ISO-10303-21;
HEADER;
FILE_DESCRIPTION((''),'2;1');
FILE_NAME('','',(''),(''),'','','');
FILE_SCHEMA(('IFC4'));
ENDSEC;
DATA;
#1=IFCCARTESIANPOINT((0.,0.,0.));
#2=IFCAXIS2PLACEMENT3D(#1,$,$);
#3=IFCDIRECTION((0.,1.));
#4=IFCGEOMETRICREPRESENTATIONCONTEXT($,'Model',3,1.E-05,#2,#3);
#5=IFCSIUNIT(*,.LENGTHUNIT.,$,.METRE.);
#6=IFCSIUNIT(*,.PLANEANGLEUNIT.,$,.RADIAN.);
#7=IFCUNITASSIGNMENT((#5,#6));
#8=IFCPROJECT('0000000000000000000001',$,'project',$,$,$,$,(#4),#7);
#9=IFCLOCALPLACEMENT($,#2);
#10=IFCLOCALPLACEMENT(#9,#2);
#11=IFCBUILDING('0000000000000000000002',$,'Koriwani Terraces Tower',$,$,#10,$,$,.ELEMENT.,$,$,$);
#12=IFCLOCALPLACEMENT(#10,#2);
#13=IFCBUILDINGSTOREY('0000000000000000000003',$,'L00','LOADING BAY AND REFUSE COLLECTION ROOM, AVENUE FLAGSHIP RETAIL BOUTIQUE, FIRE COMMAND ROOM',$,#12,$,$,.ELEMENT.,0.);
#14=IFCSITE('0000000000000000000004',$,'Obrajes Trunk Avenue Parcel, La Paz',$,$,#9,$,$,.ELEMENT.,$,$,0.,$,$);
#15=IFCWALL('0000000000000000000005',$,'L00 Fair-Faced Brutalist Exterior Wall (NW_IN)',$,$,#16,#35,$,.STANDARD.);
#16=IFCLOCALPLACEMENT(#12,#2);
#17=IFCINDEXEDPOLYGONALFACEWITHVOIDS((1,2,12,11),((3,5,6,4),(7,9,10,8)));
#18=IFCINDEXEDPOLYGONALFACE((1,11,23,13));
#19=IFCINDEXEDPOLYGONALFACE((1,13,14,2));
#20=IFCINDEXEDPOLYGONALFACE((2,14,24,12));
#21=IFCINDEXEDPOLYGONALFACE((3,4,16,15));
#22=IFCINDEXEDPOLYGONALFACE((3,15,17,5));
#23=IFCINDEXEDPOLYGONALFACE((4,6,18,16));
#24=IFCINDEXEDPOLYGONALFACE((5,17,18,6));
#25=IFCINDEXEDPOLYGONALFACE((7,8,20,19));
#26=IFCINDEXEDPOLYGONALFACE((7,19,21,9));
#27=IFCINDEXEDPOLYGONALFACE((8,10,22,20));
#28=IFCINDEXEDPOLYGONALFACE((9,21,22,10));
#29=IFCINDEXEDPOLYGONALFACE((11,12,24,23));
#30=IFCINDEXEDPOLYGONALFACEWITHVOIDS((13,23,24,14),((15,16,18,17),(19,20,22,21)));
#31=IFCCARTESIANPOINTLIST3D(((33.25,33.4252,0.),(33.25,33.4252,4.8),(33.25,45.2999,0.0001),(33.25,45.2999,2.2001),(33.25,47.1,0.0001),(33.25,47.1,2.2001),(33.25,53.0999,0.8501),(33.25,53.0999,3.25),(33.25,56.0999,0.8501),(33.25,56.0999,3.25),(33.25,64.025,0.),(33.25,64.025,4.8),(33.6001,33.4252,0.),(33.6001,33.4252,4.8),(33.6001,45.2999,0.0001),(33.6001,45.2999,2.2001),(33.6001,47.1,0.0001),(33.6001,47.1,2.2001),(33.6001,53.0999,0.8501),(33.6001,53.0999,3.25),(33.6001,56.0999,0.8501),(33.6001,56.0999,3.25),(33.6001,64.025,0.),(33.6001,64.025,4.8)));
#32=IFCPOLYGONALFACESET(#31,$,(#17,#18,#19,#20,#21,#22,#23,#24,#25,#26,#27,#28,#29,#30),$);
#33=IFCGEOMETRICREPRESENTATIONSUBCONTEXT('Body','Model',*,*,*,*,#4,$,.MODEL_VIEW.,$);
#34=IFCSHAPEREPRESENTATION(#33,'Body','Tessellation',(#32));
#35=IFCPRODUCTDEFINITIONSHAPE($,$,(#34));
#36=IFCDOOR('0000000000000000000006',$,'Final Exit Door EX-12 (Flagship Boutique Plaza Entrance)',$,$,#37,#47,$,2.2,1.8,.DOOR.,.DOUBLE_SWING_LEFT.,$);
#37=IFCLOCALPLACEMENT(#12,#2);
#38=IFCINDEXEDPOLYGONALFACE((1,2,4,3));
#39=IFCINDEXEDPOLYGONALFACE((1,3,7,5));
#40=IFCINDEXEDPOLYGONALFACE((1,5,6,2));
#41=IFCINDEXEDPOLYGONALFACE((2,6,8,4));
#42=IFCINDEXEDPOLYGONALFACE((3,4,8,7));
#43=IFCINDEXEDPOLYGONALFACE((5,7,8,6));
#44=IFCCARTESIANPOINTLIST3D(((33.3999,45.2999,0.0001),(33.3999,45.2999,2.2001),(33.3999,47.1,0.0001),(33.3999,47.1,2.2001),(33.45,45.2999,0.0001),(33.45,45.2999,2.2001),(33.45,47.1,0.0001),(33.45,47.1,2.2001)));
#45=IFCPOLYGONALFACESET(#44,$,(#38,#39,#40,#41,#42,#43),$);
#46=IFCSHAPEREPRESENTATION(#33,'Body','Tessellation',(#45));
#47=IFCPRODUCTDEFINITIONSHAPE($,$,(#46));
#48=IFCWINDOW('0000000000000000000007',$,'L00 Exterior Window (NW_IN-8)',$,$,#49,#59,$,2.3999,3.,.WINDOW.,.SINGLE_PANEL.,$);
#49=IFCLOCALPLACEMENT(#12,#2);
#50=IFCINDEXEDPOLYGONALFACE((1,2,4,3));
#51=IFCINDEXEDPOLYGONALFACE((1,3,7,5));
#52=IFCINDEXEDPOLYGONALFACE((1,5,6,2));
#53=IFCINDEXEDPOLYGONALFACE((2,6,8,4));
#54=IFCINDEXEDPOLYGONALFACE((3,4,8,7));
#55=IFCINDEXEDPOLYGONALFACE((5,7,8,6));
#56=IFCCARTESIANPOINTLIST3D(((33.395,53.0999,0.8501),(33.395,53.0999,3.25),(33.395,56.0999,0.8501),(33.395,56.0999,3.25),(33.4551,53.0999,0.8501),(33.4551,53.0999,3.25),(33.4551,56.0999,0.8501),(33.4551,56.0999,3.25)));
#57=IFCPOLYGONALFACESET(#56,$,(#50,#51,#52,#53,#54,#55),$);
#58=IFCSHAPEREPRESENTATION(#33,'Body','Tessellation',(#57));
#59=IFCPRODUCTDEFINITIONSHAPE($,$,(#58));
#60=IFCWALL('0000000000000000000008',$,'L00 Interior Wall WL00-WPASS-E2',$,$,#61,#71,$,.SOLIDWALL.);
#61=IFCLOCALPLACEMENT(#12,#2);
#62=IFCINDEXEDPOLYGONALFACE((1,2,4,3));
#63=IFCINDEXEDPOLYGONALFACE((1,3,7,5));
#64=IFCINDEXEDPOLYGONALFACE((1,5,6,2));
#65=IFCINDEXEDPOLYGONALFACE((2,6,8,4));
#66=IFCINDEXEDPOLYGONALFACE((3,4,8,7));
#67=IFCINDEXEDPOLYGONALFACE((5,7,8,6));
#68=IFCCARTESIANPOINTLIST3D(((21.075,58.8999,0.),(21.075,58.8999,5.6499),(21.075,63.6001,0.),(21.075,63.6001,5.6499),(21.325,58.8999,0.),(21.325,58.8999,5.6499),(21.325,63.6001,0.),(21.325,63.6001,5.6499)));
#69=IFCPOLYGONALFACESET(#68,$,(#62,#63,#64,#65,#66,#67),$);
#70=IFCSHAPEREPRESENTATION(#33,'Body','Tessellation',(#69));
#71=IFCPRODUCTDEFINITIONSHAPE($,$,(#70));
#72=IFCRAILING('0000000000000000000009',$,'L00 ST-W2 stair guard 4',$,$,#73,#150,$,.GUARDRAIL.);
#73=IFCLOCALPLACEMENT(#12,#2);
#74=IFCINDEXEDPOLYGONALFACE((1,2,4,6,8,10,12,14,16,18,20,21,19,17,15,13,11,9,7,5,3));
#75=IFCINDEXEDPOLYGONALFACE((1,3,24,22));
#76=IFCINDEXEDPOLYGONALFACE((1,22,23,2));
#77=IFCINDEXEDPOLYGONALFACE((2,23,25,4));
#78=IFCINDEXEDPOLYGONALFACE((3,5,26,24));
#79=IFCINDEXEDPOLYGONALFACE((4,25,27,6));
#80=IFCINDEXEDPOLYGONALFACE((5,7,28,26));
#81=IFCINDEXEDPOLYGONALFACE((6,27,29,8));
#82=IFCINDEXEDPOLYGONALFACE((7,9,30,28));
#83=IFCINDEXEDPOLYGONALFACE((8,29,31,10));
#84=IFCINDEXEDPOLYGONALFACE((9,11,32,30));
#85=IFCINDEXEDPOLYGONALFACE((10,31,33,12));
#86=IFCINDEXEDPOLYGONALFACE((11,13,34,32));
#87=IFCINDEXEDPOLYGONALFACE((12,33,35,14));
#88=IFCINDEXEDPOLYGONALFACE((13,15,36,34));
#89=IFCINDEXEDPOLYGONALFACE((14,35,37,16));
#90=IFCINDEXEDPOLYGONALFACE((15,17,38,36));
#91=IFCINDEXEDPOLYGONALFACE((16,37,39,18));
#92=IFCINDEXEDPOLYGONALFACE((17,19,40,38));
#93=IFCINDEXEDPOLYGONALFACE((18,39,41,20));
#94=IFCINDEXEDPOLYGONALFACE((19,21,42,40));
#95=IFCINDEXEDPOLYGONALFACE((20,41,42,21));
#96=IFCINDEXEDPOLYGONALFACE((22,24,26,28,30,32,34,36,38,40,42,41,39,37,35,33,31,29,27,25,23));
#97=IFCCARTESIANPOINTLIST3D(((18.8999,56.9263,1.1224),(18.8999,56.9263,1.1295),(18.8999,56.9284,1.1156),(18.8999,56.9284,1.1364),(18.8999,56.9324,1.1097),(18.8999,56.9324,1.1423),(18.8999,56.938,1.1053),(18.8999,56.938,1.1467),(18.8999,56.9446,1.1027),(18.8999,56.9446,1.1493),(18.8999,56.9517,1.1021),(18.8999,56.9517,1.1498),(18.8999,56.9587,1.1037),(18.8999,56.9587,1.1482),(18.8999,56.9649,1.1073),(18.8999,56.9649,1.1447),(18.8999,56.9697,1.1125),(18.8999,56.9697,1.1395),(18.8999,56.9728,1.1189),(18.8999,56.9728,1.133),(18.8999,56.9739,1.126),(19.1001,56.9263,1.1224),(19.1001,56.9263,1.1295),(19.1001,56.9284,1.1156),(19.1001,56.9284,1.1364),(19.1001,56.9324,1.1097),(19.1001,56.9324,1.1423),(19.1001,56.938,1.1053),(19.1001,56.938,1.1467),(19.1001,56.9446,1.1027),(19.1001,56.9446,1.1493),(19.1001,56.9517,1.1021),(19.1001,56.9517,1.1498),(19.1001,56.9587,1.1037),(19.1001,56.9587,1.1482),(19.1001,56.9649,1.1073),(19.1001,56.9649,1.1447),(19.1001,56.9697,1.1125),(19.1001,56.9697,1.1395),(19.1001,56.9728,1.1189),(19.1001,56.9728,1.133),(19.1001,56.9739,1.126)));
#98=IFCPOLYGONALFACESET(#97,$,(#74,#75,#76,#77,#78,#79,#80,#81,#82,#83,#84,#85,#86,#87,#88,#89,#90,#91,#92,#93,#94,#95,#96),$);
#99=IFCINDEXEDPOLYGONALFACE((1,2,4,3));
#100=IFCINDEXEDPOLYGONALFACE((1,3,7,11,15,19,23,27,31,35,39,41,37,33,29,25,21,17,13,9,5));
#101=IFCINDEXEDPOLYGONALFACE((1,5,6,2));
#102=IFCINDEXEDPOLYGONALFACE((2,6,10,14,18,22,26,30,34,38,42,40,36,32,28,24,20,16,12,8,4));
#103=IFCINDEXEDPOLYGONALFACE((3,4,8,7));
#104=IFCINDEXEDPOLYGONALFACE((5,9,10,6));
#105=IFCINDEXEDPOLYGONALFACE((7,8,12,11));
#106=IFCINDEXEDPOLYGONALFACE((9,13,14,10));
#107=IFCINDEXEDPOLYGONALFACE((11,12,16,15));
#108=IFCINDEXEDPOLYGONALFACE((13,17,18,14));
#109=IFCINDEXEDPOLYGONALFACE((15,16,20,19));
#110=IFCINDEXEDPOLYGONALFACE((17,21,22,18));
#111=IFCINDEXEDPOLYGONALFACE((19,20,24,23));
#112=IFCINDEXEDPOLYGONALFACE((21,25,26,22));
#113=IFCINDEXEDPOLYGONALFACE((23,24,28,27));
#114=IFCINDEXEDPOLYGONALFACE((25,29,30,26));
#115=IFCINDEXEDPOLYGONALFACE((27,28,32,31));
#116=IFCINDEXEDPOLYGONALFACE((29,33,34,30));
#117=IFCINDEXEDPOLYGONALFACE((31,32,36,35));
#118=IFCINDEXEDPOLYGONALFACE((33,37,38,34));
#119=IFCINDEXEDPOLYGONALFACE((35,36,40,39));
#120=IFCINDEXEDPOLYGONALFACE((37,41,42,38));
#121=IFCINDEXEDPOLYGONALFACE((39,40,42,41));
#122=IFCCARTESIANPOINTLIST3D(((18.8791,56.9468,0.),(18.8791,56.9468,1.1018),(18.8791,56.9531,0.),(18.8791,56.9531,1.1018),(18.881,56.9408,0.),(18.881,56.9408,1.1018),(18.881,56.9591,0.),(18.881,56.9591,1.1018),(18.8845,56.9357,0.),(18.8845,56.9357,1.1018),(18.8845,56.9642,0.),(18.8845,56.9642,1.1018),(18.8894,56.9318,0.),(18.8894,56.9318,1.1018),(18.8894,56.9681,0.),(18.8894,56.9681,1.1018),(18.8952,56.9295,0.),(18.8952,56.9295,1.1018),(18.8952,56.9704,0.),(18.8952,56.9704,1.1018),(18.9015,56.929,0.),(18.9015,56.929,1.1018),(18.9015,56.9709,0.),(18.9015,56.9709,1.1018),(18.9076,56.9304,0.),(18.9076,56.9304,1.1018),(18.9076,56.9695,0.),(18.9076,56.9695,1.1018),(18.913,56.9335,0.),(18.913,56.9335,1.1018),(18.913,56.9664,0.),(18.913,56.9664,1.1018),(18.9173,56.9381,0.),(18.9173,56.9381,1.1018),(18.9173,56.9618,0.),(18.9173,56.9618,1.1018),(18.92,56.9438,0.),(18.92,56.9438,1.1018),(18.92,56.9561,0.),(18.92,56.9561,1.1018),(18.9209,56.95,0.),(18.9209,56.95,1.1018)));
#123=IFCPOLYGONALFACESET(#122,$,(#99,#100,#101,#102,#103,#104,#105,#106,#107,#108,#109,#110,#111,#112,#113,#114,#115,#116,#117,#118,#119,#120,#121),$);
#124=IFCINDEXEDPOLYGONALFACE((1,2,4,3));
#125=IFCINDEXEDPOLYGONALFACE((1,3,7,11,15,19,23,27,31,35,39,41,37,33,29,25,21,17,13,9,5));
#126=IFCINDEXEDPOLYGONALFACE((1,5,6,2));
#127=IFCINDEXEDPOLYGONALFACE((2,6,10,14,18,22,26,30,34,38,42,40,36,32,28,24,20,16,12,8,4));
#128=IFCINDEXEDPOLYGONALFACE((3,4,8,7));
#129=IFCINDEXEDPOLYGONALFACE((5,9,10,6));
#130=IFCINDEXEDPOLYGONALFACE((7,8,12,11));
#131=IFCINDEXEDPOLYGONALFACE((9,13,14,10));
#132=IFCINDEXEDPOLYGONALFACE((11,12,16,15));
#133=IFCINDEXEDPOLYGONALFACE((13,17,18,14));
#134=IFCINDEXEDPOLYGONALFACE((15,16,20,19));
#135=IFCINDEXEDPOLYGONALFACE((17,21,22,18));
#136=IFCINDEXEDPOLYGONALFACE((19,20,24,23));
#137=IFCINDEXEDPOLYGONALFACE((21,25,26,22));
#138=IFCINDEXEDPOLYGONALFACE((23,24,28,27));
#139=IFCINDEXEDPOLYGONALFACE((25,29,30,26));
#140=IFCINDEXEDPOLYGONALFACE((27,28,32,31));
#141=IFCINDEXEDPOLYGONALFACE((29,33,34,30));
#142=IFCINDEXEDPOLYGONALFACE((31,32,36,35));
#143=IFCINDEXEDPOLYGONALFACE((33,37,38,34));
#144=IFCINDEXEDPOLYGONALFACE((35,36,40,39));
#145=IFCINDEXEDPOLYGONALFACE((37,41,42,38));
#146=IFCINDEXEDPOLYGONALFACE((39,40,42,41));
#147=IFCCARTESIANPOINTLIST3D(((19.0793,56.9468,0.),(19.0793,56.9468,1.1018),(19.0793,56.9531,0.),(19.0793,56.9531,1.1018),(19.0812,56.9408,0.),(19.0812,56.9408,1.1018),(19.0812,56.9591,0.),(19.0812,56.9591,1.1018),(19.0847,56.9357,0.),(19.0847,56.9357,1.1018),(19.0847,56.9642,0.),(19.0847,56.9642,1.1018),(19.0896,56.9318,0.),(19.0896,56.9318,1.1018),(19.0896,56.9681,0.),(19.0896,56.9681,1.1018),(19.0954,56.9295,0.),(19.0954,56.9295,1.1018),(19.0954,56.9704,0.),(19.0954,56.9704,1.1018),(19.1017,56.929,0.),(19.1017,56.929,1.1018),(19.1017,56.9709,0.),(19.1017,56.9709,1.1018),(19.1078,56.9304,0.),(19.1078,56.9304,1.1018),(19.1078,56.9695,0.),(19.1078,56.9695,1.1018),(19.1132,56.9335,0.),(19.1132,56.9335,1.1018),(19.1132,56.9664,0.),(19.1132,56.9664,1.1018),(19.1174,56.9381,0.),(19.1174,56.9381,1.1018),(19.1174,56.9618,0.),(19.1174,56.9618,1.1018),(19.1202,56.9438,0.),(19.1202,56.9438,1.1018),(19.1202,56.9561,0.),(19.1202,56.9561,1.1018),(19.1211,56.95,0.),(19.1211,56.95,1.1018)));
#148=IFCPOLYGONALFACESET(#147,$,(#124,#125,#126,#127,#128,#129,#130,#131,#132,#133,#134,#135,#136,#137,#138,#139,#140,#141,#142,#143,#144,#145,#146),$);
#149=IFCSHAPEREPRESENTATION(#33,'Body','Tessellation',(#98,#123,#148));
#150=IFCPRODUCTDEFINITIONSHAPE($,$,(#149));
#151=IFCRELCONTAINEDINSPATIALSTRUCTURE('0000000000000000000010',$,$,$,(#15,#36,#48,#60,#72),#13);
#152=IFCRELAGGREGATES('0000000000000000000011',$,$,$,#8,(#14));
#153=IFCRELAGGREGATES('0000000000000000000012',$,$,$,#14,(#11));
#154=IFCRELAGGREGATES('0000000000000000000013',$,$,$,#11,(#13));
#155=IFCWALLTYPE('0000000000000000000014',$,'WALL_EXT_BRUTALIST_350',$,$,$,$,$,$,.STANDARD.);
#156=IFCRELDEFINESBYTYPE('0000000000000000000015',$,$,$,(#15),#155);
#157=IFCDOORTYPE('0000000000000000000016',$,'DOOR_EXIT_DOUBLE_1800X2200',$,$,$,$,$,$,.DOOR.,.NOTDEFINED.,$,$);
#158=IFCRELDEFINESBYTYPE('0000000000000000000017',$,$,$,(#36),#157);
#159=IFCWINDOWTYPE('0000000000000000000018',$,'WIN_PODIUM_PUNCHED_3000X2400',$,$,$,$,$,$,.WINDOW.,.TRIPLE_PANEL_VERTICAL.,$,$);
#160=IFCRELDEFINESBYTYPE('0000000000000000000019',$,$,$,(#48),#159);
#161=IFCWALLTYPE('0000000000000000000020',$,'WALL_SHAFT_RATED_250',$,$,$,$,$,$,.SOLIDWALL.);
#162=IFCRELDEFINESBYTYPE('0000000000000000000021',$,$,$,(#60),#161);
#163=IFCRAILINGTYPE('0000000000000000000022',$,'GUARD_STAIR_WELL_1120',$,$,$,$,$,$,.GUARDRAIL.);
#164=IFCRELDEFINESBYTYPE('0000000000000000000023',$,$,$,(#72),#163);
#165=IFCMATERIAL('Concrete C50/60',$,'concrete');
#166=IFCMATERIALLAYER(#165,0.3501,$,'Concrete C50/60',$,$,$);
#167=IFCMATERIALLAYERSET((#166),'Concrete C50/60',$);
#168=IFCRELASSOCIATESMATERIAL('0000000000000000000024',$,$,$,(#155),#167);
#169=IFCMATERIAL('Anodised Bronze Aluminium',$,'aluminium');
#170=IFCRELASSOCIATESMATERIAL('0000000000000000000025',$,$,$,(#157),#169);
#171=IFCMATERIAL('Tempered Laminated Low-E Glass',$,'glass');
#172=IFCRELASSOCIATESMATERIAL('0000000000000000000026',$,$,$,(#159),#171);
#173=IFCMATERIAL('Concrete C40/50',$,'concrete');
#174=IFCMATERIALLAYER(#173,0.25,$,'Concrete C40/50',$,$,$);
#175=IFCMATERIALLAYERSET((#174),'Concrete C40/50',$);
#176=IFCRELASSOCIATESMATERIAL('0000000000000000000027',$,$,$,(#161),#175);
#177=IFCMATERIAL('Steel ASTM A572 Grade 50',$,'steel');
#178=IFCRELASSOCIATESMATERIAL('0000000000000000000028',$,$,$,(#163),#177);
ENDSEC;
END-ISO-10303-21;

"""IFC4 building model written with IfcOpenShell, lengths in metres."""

from ifc_helpers import new_model, si_unit, direction, frame, frame_2d, origin, origin_2d, place, context, subcontext, project, spatial, rectangle, circle, extrude, material, layer, layer_set, type_object, element, fill, save


model = new_model("IFC4")

# Units and contexts
model_context = context("Model", 3, precision=1e-05, world=origin(), true_north=direction((0.0, 1.0)))
body_context = subcontext(model_context, "Body", "Model", "MODEL_VIEW")
ifc_project = project(units=[si_unit("LENGTHUNIT", "METRE"), si_unit("PLANEANGLEUNIT", "RADIAN")], contexts=[model_context])

# Site, building, storey
site_placement = place(None, origin())
site = spatial("IfcSite", under=ifc_project, at=site_placement, Name="Obrajes Trunk Avenue Parcel, La Paz", CompositionType="ELEMENT", RefElevation=0.0)
building_placement = place(site_placement, origin())
building = spatial("IfcBuilding", under=site, at=building_placement, Name="Koriwani Terraces Tower", CompositionType="ELEMENT")
storey_placement = place(building_placement, origin())
storey = spatial("IfcBuildingStorey", under=building, at=storey_placement, Name="L00", Description="LOADING BAY AND REFUSE COLLECTION ROOM, AVENUE FLAGSHIP RETAIL BOUTIQUE, FIRE COMMAND ROOM", CompositionType="ELEMENT", Elevation=0.0)

# Shared definitions
ifc_material_1 = material(Name="Concrete C40/50", Category="concrete")
ifc_material_2 = material(Name="Steel ASTM A572 Grade 50", Category="steel")

# Shared definitions
ifc_material_3 = material(Name="Concrete C50/60", Category="concrete")
ifc_layer_1 = layer(ifc_material_3, 0.3501, Name="Concrete C50/60")
ifc_layer_set_1 = layer_set([ifc_layer_1], Name="Concrete C50/60")
wall_type_1 = type_object("IfcWallType", Name="WALL_EXT_BRUTALIST_350", PredefinedType="STANDARD", material=ifc_layer_set_1)

# Wall, openings, door, window
wall_1_placement = place(storey_placement, frame((33.425, 64.0249, 0.0), z_axis=(0.0, 0.0, 1.0), x_axis=(0.0, -1.0, 0.0)))
wall_1 = element("IfcWall", 1, at=wall_1_placement, inside=storey, type_object=wall_type_1, Name="L00 Fair-Faced Brutalist Exterior Wall (NW_IN)", PredefinedType="STANDARD", context=body_context, shape_type="SweptSolid", body=[
    extrude(rectangle(XDim=30.5999, YDim=0.3501, at=frame_2d((15.2998, 0.0))), origin(), (0.0, 0.0, 1.0), 4.8),
])
opening_1_placement = place(wall_1_placement, frame((16.925, 0.0, 0.0)))
opening_1 = element("IfcOpeningElement", 2, at=opening_1_placement, cuts=wall_1, PredefinedType="OPENING", context=body_context, shape_type="SweptSolid", body=[
    extrude(rectangle(XDim=1.8, YDim=2.2, at=frame_2d((0.8999, 1.1001))), frame((0.0, 0.1851, 0.0), z_axis=(0.0, -1.0, 0.0), x_axis=(1.0, 0.0, 0.0)), (0.0, 0.0, 1.0), 0.3701),
])
opening_2_placement = place(wall_1_placement, frame((7.925, 0.0, 0.8501)))
opening_2 = element("IfcOpeningElement", 3, at=opening_2_placement, cuts=wall_1, PredefinedType="OPENING", context=body_context, shape_type="SweptSolid", body=[
    extrude(rectangle(XDim=3.0, YDim=2.3999, at=frame_2d((1.5, 1.2))), frame((0.0, 0.1851, 0.0), z_axis=(0.0, -1.0, 0.0), x_axis=(1.0, 0.0, 0.0)), (0.0, 0.0, 1.0), 0.3701),
])
ifc_material_4 = material(Name="Anodised Bronze Aluminium", Category="aluminium")
door_type_1 = type_object("IfcDoorType", Name="DOOR_EXIT_DOUBLE_1800X2200", OperationType="NOTDEFINED", PredefinedType="DOOR", material=ifc_material_4)
door_1_placement = place(opening_1_placement, origin())
door_1 = element("IfcDoor", 4, at=door_1_placement, inside=storey, type_object=door_type_1, Name="Final Exit Door EX-12 (Flagship Boutique Plaza Entrance)", OperationType="DOUBLE_SWING_LEFT", OverallHeight=2.2, OverallWidth=1.8, PredefinedType="DOOR", context=body_context, shape_type="SweptSolid", body=[
    extrude(rectangle(XDim=1.8, YDim=2.2, at=frame_2d((0.8999, 1.1001))), frame((0.0, 0.0249, 0.0), z_axis=(0.0, -1.0, 0.0), x_axis=(1.0, 0.0, 0.0)), (0.0, 0.0, 1.0), 0.05),
])
fill(opening_1, door_1)
ifc_material_5 = material(Name="Tempered Laminated Low-E Glass", Category="glass")
window_type = type_object("IfcWindowType", Name="WIN_PODIUM_PUNCHED_3000X2400", PartitioningType="TRIPLE_PANEL_VERTICAL", PredefinedType="WINDOW", material=ifc_material_5)
window_placement = place(opening_2_placement, origin())
window = element("IfcWindow", 5, at=window_placement, inside=storey, type_object=window_type, Name="L00 Exterior Window (NW_IN-8)", OverallHeight=2.3999, OverallWidth=3.0, PartitioningType="SINGLE_PANEL", PredefinedType="WINDOW", context=body_context, shape_type="SweptSolid", body=[
    extrude(rectangle(XDim=3.0, YDim=2.3999, at=frame_2d((1.5, 1.2))), frame((0.0, 0.03, 0.0), z_axis=(0.0, -1.0, 0.0), x_axis=(1.0, 0.0, 0.0)), (0.0, 0.0, 1.0), 0.0601),
])
fill(opening_2, window)

# Shared definitions
ifc_layer_2 = layer(ifc_material_1, 0.25, Name="Concrete C40/50")
ifc_layer_set_2 = layer_set([ifc_layer_2], Name="Concrete C40/50")
wall_type_2 = type_object("IfcWallType", Name="WALL_SHAFT_RATED_250", PredefinedType="SOLIDWALL", material=ifc_layer_set_2)

# Wall
wall_2_placement = place(storey_placement, frame((21.2, 58.8999, 0.0), z_axis=(0.0, 0.0, 1.0), x_axis=(0.0, 1.0, 0.0)))
element("IfcWall", 6, at=wall_2_placement, inside=storey, type_object=wall_type_2, Name="L00 Interior Wall WL00-WPASS-E2", PredefinedType="SOLIDWALL", context=body_context, shape_type="SweptSolid", body=[
    extrude(rectangle(XDim=4.7002, YDim=0.25, at=frame_2d((2.3501, 0.0))), origin(), (0.0, 0.0, 1.0), 5.6499),
])

# Railing
railing_type = type_object("IfcRailingType", Name="GUARD_STAIR_WELL_1120", PredefinedType="GUARDRAIL", material=ifc_material_2)
railing_placement = place(storey_placement, frame((18.8999, 56.95, 0.0)))
element("IfcRailing", 7, at=railing_placement, inside=storey, type_object=railing_type, Name="L00 ST-W2 stair guard 4", PredefinedType="GUARDRAIL", context=body_context, shape_type="SweptSolid", body=[
    extrude(circle(Radius=0.0239, at=origin_2d()), frame((0.0, 0.0, 1.126), z_axis=(1.0, 0.0, 0.0), x_axis=(0.0, 1.0, 0.0)), (0.0, 0.0, 1.0), 0.2002),
    extrude(circle(Radius=0.021, at=origin_2d()), origin(), (0.0, 0.0, 1.0), 1.1018),
    extrude(circle(Radius=0.021, at=origin_2d()), frame((0.2002, 0.0, 0.0)), (0.0, 0.0, 1.0), 1.1018),
])

save(model, "model.ifc")
